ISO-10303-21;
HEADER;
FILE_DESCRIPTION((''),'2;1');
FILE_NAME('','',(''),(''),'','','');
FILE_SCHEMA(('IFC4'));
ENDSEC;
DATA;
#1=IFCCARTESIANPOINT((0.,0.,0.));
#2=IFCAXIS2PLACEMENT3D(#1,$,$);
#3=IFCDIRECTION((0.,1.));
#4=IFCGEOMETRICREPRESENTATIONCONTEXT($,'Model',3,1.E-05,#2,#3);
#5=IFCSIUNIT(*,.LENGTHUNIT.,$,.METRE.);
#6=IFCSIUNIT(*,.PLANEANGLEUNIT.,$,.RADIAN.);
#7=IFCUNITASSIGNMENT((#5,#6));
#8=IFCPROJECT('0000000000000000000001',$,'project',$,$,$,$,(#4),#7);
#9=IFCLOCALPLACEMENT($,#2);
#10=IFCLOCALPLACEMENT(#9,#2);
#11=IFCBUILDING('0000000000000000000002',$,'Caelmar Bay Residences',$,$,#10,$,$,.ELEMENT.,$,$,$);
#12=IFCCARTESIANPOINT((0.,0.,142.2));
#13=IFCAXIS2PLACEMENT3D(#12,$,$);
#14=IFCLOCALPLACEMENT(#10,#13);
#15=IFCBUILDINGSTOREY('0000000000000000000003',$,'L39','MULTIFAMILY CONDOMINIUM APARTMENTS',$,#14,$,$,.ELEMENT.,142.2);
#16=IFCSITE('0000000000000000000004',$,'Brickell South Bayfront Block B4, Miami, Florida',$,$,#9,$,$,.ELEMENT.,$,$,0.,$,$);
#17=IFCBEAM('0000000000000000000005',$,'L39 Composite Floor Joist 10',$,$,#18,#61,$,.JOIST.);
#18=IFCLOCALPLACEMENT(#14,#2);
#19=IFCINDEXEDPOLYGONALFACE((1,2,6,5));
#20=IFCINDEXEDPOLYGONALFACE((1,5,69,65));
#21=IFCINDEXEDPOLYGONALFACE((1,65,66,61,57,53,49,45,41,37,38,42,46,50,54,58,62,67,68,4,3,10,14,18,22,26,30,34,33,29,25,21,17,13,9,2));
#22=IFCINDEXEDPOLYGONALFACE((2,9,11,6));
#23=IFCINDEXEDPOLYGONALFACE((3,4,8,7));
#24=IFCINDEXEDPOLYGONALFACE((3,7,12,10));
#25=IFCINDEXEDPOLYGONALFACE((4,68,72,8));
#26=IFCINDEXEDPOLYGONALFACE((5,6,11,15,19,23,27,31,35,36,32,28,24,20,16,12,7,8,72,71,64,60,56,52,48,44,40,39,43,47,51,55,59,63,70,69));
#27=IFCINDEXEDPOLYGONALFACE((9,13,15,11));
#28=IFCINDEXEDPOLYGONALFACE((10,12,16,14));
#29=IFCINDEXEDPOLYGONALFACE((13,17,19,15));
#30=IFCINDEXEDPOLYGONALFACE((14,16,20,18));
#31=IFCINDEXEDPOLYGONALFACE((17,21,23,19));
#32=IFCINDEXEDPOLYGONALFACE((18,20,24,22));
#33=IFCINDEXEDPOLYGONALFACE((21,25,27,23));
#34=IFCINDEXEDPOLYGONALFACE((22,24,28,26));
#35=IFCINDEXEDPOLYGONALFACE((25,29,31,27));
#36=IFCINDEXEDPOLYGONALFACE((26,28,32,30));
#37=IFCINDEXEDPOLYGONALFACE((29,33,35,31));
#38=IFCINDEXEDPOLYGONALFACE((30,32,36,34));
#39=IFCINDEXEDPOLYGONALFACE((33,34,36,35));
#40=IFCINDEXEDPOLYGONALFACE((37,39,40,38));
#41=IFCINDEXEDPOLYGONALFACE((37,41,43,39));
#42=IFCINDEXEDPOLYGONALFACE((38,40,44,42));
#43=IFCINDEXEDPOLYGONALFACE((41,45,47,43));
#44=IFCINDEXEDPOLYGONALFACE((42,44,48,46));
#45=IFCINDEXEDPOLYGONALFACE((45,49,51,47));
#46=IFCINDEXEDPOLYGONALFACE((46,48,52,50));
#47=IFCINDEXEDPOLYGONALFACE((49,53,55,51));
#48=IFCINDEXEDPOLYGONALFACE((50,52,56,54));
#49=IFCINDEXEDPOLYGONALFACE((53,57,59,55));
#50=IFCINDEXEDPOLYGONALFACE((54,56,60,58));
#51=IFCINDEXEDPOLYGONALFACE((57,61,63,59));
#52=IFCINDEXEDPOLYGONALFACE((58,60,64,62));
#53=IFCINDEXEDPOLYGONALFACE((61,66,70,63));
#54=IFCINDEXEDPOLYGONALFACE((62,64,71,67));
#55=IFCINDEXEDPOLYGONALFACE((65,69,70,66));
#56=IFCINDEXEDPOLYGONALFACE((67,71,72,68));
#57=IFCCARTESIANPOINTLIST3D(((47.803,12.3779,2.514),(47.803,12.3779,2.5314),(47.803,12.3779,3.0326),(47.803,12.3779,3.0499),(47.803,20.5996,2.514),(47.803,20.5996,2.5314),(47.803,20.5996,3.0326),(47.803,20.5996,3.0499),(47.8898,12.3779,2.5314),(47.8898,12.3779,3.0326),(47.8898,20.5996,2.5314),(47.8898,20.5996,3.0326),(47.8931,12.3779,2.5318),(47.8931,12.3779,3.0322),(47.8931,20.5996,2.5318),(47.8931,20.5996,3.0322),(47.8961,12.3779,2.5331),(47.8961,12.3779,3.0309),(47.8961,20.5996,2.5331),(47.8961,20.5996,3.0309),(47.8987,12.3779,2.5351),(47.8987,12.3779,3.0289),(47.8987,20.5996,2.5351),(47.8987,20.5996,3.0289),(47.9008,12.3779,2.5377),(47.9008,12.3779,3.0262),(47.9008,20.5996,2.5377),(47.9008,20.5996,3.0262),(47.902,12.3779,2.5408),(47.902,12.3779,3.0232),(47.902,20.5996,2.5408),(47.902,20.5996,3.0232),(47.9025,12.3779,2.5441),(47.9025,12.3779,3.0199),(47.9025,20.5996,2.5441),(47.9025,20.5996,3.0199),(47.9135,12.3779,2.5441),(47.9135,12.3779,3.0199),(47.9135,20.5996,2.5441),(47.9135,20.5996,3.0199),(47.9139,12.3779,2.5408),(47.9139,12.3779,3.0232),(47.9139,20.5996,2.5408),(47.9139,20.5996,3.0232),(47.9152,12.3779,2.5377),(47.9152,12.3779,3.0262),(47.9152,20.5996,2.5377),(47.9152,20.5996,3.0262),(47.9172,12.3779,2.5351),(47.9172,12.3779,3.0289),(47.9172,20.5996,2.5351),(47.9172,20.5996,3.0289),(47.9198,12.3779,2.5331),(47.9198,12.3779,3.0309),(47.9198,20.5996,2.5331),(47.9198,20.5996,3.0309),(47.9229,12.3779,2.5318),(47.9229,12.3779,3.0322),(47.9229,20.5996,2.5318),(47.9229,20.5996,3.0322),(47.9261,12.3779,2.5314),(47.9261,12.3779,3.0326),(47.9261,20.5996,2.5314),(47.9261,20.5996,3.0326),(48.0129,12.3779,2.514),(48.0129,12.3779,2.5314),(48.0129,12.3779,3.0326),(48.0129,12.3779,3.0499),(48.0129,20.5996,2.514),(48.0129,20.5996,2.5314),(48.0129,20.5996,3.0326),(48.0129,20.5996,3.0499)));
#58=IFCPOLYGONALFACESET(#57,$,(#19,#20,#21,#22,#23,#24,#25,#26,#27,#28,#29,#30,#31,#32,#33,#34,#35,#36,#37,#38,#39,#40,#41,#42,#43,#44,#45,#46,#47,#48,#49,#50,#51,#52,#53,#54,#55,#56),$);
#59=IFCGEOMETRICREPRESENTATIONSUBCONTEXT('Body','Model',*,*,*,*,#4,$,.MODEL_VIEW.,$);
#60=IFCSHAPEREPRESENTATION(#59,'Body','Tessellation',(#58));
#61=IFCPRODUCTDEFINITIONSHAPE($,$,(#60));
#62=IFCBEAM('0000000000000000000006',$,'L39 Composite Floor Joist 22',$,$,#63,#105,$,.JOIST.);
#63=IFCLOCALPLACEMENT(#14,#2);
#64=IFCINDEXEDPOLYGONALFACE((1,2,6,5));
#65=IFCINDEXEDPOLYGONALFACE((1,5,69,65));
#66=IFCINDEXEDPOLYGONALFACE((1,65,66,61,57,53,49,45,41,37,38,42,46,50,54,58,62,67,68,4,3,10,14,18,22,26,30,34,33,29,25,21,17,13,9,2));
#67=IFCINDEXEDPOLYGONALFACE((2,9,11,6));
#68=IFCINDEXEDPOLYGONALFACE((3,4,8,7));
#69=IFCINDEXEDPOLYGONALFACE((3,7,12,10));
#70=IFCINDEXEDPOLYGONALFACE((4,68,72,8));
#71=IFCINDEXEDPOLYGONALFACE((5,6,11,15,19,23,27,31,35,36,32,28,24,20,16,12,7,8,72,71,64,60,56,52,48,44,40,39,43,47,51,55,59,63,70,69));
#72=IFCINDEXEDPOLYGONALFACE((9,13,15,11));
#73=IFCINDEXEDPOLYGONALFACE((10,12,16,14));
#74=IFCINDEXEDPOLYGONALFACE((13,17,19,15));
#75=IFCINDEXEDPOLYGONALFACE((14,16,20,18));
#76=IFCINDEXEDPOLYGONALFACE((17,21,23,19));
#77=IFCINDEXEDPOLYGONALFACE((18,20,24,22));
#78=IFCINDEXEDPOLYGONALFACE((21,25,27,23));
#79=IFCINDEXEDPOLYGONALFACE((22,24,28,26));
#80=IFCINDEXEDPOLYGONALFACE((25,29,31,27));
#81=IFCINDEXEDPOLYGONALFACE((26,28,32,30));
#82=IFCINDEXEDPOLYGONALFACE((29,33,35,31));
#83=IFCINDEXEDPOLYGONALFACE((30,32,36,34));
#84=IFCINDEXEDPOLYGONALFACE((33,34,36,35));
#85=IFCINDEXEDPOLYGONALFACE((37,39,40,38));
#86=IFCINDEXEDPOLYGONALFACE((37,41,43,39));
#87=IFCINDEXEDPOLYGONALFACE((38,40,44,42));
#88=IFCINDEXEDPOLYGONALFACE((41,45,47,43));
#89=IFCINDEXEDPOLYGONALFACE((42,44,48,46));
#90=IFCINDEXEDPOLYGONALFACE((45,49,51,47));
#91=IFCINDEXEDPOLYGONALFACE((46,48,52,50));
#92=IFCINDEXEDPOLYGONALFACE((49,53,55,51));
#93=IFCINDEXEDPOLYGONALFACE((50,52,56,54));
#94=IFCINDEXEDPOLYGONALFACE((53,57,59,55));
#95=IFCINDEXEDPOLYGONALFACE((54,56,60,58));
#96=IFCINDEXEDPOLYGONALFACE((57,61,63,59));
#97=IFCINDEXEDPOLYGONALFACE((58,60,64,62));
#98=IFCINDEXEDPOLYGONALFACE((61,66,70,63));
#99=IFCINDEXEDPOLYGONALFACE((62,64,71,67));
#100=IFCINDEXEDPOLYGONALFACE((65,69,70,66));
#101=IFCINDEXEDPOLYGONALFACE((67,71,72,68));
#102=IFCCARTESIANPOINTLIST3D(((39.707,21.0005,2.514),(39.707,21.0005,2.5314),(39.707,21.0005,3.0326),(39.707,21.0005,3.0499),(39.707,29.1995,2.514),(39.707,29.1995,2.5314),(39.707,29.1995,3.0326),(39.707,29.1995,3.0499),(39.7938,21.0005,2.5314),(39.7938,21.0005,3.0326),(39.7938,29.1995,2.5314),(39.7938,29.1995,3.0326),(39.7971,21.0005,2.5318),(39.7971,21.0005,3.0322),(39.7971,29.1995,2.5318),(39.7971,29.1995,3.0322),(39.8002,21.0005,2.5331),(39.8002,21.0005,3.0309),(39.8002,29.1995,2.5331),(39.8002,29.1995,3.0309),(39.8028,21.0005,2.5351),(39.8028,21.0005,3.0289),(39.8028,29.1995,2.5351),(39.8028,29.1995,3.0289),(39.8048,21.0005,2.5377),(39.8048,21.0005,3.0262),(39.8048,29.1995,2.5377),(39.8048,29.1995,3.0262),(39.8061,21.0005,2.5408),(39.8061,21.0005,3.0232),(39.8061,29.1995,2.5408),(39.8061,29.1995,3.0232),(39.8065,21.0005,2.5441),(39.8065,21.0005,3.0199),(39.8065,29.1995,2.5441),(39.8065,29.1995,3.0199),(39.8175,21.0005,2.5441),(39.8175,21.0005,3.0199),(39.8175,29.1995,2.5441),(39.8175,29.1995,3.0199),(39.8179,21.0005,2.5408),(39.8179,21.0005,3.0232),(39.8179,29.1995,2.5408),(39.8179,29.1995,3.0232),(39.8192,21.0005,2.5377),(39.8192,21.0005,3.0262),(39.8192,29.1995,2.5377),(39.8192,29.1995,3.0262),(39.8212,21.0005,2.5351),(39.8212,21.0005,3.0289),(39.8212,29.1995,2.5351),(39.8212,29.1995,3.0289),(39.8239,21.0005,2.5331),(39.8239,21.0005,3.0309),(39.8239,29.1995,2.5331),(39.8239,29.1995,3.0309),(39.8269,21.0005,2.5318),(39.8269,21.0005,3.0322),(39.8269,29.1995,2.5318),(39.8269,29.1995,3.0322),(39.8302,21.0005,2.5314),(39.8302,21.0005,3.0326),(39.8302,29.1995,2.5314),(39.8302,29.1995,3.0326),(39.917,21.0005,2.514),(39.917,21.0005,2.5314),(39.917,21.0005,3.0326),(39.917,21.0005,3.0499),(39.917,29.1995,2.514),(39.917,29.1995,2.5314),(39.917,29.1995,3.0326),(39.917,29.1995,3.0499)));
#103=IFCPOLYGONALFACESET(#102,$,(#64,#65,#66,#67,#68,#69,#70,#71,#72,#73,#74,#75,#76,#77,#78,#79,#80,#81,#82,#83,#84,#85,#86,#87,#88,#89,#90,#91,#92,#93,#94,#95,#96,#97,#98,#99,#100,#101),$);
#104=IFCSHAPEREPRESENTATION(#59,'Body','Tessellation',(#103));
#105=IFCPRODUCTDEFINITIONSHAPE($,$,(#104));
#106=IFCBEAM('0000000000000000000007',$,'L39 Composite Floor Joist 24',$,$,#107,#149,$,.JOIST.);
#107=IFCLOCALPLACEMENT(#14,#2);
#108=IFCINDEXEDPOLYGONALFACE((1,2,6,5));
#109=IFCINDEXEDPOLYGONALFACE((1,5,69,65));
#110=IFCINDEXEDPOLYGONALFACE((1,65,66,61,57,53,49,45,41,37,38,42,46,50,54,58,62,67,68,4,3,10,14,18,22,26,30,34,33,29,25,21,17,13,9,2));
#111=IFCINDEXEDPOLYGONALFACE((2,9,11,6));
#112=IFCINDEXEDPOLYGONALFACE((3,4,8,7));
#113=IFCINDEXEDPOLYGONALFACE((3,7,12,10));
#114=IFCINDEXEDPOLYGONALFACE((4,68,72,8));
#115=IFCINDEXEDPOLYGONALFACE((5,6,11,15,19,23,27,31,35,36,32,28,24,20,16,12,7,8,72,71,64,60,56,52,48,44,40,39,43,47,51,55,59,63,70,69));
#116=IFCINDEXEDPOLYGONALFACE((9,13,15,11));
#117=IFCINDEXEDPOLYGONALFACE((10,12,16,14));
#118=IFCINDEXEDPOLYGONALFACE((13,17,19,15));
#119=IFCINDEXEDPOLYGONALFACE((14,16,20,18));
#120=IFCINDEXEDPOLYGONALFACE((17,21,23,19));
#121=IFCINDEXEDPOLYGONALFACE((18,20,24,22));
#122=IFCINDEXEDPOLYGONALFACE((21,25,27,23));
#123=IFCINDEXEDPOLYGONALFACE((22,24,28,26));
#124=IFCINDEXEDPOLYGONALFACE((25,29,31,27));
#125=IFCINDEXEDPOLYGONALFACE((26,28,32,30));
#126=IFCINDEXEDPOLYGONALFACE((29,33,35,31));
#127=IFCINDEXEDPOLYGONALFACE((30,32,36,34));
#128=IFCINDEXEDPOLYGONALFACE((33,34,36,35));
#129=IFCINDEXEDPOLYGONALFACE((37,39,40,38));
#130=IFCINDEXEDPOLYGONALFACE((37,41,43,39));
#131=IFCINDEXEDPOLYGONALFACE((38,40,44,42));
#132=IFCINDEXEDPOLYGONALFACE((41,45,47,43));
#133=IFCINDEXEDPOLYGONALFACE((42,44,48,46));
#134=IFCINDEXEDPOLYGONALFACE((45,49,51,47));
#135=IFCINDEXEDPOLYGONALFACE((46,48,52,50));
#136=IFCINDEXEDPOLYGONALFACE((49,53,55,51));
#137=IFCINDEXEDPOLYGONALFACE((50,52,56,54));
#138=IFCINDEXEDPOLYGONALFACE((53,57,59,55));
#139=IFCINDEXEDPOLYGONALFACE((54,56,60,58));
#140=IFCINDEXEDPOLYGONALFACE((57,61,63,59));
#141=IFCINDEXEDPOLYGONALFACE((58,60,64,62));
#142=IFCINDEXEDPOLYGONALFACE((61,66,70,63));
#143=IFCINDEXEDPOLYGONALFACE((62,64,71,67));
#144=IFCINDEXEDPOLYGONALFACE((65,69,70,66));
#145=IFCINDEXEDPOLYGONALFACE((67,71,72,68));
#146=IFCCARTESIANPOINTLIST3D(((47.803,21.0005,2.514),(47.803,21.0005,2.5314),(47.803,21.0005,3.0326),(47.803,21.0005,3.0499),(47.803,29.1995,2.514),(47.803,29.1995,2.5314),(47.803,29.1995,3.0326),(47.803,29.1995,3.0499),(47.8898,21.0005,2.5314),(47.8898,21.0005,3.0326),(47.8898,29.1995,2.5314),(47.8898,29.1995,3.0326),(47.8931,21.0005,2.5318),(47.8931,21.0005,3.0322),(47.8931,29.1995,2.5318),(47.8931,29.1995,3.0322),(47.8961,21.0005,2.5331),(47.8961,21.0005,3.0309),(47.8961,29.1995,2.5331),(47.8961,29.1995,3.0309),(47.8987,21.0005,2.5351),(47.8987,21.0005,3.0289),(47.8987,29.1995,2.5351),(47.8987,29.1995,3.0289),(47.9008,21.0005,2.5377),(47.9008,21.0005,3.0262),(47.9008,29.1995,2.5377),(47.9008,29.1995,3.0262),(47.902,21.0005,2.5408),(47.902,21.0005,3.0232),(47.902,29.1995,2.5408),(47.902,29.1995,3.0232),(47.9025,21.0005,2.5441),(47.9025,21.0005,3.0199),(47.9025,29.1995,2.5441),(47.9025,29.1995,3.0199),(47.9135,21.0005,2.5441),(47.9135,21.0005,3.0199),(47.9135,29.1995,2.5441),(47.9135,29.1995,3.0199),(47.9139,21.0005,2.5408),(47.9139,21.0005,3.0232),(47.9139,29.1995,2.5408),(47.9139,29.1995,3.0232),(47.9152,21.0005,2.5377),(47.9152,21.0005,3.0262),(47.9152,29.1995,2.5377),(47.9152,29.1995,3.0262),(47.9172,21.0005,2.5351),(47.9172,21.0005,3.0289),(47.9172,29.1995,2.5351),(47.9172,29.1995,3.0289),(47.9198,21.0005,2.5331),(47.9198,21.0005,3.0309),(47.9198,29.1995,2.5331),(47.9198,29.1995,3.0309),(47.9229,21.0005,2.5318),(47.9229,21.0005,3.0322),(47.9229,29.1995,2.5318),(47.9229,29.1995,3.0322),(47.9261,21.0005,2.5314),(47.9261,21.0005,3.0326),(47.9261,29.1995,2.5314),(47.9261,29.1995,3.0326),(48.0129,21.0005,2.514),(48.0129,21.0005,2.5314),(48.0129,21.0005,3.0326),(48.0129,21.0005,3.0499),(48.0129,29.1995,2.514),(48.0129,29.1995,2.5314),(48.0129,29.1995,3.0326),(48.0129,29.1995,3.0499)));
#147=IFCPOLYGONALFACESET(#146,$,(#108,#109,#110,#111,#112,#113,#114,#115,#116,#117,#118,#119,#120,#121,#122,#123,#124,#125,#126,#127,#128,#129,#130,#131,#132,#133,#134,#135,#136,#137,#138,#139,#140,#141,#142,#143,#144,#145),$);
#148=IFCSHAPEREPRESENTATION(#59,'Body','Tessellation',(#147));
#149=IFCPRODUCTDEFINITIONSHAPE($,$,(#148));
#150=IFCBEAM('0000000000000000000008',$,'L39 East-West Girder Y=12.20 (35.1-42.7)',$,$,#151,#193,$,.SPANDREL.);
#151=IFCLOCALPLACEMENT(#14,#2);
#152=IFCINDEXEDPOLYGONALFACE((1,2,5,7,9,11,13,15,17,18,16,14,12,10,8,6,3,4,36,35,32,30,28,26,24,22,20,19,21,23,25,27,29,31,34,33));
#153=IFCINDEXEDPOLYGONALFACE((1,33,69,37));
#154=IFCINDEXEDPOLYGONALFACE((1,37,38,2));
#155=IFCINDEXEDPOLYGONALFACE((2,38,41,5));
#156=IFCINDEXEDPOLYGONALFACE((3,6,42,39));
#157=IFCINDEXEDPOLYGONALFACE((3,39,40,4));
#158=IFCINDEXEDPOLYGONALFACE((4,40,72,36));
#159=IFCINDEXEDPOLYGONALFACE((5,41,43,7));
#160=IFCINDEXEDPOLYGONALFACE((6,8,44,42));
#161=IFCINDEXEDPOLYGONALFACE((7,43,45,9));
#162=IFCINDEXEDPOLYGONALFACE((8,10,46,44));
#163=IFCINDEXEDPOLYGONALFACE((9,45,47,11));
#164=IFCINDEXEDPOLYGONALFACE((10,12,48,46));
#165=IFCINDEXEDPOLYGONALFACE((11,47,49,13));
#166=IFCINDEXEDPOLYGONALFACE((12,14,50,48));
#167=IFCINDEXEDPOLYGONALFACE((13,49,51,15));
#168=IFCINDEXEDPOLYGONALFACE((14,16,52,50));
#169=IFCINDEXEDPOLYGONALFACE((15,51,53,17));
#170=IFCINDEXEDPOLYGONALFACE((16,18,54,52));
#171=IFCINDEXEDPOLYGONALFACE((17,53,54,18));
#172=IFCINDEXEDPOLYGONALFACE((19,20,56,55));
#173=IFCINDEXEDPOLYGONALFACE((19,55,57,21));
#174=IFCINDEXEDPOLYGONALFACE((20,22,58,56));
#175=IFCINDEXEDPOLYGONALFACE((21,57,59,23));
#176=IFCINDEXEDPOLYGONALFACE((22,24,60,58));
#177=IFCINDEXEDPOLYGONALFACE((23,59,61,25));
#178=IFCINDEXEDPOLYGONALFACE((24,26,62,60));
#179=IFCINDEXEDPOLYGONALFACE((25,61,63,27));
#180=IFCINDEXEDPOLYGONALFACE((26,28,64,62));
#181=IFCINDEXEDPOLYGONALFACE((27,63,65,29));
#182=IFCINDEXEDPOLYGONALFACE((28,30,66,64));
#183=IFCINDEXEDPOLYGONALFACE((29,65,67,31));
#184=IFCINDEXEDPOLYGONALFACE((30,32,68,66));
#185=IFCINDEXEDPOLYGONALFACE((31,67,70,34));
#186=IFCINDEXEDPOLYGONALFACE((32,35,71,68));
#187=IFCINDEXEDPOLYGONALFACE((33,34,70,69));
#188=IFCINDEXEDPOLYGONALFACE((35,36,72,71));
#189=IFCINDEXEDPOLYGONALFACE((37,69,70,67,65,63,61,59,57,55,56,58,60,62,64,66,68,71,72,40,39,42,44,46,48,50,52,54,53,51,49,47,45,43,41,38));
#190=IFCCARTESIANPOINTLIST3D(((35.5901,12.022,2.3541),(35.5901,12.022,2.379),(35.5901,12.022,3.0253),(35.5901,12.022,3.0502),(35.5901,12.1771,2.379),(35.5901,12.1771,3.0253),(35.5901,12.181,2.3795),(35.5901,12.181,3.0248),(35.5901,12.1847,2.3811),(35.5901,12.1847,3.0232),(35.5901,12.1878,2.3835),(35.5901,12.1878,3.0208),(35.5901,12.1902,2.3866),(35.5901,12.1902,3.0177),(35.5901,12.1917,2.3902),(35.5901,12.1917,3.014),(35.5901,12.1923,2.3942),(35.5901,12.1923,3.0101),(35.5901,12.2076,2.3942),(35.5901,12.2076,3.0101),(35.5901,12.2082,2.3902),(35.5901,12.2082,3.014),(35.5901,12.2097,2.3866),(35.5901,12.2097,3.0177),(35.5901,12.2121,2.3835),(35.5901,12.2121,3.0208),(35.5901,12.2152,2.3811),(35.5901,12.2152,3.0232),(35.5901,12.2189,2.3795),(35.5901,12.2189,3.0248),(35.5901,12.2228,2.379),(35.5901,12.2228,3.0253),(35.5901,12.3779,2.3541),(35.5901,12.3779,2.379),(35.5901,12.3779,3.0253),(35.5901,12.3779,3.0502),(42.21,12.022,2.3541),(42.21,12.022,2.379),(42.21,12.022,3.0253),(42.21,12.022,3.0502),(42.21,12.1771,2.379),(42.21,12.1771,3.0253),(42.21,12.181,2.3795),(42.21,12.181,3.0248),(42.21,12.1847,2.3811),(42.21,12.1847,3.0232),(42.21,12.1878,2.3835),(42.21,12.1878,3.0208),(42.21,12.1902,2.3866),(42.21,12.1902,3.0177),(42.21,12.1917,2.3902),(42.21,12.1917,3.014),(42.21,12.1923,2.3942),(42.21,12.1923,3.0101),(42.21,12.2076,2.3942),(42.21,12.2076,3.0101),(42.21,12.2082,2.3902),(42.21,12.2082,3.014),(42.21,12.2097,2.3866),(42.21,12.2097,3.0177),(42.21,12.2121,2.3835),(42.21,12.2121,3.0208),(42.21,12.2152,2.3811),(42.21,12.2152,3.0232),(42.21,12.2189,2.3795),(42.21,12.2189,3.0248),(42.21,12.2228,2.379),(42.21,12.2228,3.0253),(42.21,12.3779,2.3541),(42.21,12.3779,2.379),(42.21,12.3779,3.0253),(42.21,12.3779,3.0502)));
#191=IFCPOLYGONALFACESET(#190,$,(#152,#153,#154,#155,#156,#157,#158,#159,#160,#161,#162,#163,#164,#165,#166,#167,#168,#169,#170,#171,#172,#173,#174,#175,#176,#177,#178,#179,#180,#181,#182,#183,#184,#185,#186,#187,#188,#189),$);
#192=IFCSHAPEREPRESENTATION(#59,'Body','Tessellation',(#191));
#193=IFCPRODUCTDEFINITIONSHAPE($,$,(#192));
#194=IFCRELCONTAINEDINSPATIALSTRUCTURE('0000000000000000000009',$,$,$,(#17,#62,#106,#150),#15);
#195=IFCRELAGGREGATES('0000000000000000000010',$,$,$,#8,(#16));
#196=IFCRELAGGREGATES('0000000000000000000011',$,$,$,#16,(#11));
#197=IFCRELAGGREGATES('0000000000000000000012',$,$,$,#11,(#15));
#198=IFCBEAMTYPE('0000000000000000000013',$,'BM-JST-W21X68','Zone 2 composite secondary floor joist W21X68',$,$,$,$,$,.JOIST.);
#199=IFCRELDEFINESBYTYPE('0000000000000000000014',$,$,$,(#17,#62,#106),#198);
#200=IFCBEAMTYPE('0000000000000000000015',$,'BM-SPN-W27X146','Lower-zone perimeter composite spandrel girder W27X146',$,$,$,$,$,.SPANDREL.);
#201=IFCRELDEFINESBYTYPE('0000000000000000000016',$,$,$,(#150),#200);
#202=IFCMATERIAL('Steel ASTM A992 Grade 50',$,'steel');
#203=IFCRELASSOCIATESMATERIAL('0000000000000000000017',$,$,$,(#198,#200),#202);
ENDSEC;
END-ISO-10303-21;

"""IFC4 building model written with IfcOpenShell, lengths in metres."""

from ifc_helpers import new_model, si_unit, direction, frame, origin, origin_2d, place, context, subcontext, project, spatial, i_section, extrude, material, material_profile, profile_set, type_object, element, save


model = new_model("IFC4")

# Units and contexts
model_context = context("Model", 3, precision=1e-05, world=origin(), true_north=direction((0.0, 1.0)))
body_context = subcontext(model_context, "Body", "Model", "MODEL_VIEW")
ifc_project = project(units=[si_unit("LENGTHUNIT", "METRE"), si_unit("PLANEANGLEUNIT", "RADIAN")], contexts=[model_context])

# Site, building, storey
site_placement = place(None, origin())
site = spatial("IfcSite", under=ifc_project, at=site_placement, Name="Brickell South Bayfront Block B4, Miami, Florida", CompositionType="ELEMENT", RefElevation=0.0)
building_placement = place(site_placement, origin())
building = spatial("IfcBuilding", under=site, at=building_placement, Name="Caelmar Bay Residences", CompositionType="ELEMENT")
storey_placement = place(building_placement, frame((0.0, 0.0, 142.2)))
storey = spatial("IfcBuildingStorey", under=building, at=storey_placement, Name="L39", Description="MULTIFAMILY CONDOMINIUM APARTMENTS", CompositionType="ELEMENT", Elevation=142.2)

# Beams
ifc_material_1 = material(Name="Steel ASTM A992 Grade 50", Category="steel")
ifc_material_profile_1 = material_profile(ifc_material_1, i_section(OverallWidth=0.21, OverallDepth=0.5359, WebThickness=0.011, FlangeThickness=0.0173, FilletRadius=0.0127, at=origin_2d()), Name="W21X68")
ifc_profile_set_1 = profile_set([ifc_material_profile_1], Name="Steel ASTM A992 Grade 50")
beam_type_1 = type_object("IfcBeamType", Name="BM-JST-W21X68", Description="Zone 2 composite secondary floor joist W21X68", PredefinedType="JOIST", material=ifc_profile_set_1)
for number, where, z_axis, x_axis, name in (
    (1, (47.908, 12.3779, 2.782), (0.0, 1.0, 0.0), (-1.0, 0.0, 0.0), "L39 Composite Floor Joist 10"),
):
    element("IfcBeam", number, at=place(storey_placement, frame(where, z_axis=z_axis, x_axis=x_axis)), inside=storey, type_object=beam_type_1, Name=name, PredefinedType="JOIST", context=body_context, shape_type="SweptSolid", body=[
        extrude(i_section(OverallWidth=0.21, OverallDepth=0.5359, WebThickness=0.011, FlangeThickness=0.0173, FilletRadius=0.0127, at=origin_2d()), origin(), (0.0, 0.0, 1.0), 8.2217),
    ])
for number, where, z_axis, x_axis, name in (
    (2, (39.812, 21.0005, 2.782), (0.0, 1.0, 0.0), (-1.0, 0.0, 0.0), "L39 Composite Floor Joist 22"),
    (3, (47.908, 21.0005, 2.782), (0.0, 1.0, 0.0), (-1.0, 0.0, 0.0), "L39 Composite Floor Joist 24"),
):
    element("IfcBeam", number, at=place(storey_placement, frame(where, z_axis=z_axis, x_axis=x_axis)), inside=storey, type_object=beam_type_1, Name=name, PredefinedType="JOIST", context=body_context, shape_type="SweptSolid", body=[
        extrude(i_section(OverallWidth=0.21, OverallDepth=0.5359, WebThickness=0.011, FlangeThickness=0.0173, FilletRadius=0.0127, at=origin_2d()), origin(), (0.0, 0.0, 1.0), 8.199),
    ])
ifc_material_profile_2 = material_profile(ifc_material_1, i_section(OverallWidth=0.356, OverallDepth=0.696, WebThickness=0.0154, FlangeThickness=0.0249, FilletRadius=0.0151, at=origin_2d()), Name="W27X146")
ifc_profile_set_2 = profile_set([ifc_material_profile_2], Name="Steel ASTM A992 Grade 50")
beam_type_2 = type_object("IfcBeamType", Name="BM-SPN-W27X146", Description="Lower-zone perimeter composite spandrel girder W27X146", PredefinedType="SPANDREL", material=ifc_profile_set_2)
beam_1_placement = place(storey_placement, frame((35.5901, 12.2, 2.7021), z_axis=(1.0, 0.0, 0.0), x_axis=(0.0, 1.0, 0.0)))
element("IfcBeam", 4, at=beam_1_placement, inside=storey, type_object=beam_type_2, Name="L39 East-West Girder Y=12.20 (35.1-42.7)", PredefinedType="SPANDREL", context=body_context, shape_type="SweptSolid", body=[
    extrude(i_section(OverallWidth=0.356, OverallDepth=0.696, WebThickness=0.0154, FlangeThickness=0.0249, FilletRadius=0.0151, at=origin_2d()), origin(), (0.0, 0.0, 1.0), 6.6199),
])

save(model, "model.ifc")
